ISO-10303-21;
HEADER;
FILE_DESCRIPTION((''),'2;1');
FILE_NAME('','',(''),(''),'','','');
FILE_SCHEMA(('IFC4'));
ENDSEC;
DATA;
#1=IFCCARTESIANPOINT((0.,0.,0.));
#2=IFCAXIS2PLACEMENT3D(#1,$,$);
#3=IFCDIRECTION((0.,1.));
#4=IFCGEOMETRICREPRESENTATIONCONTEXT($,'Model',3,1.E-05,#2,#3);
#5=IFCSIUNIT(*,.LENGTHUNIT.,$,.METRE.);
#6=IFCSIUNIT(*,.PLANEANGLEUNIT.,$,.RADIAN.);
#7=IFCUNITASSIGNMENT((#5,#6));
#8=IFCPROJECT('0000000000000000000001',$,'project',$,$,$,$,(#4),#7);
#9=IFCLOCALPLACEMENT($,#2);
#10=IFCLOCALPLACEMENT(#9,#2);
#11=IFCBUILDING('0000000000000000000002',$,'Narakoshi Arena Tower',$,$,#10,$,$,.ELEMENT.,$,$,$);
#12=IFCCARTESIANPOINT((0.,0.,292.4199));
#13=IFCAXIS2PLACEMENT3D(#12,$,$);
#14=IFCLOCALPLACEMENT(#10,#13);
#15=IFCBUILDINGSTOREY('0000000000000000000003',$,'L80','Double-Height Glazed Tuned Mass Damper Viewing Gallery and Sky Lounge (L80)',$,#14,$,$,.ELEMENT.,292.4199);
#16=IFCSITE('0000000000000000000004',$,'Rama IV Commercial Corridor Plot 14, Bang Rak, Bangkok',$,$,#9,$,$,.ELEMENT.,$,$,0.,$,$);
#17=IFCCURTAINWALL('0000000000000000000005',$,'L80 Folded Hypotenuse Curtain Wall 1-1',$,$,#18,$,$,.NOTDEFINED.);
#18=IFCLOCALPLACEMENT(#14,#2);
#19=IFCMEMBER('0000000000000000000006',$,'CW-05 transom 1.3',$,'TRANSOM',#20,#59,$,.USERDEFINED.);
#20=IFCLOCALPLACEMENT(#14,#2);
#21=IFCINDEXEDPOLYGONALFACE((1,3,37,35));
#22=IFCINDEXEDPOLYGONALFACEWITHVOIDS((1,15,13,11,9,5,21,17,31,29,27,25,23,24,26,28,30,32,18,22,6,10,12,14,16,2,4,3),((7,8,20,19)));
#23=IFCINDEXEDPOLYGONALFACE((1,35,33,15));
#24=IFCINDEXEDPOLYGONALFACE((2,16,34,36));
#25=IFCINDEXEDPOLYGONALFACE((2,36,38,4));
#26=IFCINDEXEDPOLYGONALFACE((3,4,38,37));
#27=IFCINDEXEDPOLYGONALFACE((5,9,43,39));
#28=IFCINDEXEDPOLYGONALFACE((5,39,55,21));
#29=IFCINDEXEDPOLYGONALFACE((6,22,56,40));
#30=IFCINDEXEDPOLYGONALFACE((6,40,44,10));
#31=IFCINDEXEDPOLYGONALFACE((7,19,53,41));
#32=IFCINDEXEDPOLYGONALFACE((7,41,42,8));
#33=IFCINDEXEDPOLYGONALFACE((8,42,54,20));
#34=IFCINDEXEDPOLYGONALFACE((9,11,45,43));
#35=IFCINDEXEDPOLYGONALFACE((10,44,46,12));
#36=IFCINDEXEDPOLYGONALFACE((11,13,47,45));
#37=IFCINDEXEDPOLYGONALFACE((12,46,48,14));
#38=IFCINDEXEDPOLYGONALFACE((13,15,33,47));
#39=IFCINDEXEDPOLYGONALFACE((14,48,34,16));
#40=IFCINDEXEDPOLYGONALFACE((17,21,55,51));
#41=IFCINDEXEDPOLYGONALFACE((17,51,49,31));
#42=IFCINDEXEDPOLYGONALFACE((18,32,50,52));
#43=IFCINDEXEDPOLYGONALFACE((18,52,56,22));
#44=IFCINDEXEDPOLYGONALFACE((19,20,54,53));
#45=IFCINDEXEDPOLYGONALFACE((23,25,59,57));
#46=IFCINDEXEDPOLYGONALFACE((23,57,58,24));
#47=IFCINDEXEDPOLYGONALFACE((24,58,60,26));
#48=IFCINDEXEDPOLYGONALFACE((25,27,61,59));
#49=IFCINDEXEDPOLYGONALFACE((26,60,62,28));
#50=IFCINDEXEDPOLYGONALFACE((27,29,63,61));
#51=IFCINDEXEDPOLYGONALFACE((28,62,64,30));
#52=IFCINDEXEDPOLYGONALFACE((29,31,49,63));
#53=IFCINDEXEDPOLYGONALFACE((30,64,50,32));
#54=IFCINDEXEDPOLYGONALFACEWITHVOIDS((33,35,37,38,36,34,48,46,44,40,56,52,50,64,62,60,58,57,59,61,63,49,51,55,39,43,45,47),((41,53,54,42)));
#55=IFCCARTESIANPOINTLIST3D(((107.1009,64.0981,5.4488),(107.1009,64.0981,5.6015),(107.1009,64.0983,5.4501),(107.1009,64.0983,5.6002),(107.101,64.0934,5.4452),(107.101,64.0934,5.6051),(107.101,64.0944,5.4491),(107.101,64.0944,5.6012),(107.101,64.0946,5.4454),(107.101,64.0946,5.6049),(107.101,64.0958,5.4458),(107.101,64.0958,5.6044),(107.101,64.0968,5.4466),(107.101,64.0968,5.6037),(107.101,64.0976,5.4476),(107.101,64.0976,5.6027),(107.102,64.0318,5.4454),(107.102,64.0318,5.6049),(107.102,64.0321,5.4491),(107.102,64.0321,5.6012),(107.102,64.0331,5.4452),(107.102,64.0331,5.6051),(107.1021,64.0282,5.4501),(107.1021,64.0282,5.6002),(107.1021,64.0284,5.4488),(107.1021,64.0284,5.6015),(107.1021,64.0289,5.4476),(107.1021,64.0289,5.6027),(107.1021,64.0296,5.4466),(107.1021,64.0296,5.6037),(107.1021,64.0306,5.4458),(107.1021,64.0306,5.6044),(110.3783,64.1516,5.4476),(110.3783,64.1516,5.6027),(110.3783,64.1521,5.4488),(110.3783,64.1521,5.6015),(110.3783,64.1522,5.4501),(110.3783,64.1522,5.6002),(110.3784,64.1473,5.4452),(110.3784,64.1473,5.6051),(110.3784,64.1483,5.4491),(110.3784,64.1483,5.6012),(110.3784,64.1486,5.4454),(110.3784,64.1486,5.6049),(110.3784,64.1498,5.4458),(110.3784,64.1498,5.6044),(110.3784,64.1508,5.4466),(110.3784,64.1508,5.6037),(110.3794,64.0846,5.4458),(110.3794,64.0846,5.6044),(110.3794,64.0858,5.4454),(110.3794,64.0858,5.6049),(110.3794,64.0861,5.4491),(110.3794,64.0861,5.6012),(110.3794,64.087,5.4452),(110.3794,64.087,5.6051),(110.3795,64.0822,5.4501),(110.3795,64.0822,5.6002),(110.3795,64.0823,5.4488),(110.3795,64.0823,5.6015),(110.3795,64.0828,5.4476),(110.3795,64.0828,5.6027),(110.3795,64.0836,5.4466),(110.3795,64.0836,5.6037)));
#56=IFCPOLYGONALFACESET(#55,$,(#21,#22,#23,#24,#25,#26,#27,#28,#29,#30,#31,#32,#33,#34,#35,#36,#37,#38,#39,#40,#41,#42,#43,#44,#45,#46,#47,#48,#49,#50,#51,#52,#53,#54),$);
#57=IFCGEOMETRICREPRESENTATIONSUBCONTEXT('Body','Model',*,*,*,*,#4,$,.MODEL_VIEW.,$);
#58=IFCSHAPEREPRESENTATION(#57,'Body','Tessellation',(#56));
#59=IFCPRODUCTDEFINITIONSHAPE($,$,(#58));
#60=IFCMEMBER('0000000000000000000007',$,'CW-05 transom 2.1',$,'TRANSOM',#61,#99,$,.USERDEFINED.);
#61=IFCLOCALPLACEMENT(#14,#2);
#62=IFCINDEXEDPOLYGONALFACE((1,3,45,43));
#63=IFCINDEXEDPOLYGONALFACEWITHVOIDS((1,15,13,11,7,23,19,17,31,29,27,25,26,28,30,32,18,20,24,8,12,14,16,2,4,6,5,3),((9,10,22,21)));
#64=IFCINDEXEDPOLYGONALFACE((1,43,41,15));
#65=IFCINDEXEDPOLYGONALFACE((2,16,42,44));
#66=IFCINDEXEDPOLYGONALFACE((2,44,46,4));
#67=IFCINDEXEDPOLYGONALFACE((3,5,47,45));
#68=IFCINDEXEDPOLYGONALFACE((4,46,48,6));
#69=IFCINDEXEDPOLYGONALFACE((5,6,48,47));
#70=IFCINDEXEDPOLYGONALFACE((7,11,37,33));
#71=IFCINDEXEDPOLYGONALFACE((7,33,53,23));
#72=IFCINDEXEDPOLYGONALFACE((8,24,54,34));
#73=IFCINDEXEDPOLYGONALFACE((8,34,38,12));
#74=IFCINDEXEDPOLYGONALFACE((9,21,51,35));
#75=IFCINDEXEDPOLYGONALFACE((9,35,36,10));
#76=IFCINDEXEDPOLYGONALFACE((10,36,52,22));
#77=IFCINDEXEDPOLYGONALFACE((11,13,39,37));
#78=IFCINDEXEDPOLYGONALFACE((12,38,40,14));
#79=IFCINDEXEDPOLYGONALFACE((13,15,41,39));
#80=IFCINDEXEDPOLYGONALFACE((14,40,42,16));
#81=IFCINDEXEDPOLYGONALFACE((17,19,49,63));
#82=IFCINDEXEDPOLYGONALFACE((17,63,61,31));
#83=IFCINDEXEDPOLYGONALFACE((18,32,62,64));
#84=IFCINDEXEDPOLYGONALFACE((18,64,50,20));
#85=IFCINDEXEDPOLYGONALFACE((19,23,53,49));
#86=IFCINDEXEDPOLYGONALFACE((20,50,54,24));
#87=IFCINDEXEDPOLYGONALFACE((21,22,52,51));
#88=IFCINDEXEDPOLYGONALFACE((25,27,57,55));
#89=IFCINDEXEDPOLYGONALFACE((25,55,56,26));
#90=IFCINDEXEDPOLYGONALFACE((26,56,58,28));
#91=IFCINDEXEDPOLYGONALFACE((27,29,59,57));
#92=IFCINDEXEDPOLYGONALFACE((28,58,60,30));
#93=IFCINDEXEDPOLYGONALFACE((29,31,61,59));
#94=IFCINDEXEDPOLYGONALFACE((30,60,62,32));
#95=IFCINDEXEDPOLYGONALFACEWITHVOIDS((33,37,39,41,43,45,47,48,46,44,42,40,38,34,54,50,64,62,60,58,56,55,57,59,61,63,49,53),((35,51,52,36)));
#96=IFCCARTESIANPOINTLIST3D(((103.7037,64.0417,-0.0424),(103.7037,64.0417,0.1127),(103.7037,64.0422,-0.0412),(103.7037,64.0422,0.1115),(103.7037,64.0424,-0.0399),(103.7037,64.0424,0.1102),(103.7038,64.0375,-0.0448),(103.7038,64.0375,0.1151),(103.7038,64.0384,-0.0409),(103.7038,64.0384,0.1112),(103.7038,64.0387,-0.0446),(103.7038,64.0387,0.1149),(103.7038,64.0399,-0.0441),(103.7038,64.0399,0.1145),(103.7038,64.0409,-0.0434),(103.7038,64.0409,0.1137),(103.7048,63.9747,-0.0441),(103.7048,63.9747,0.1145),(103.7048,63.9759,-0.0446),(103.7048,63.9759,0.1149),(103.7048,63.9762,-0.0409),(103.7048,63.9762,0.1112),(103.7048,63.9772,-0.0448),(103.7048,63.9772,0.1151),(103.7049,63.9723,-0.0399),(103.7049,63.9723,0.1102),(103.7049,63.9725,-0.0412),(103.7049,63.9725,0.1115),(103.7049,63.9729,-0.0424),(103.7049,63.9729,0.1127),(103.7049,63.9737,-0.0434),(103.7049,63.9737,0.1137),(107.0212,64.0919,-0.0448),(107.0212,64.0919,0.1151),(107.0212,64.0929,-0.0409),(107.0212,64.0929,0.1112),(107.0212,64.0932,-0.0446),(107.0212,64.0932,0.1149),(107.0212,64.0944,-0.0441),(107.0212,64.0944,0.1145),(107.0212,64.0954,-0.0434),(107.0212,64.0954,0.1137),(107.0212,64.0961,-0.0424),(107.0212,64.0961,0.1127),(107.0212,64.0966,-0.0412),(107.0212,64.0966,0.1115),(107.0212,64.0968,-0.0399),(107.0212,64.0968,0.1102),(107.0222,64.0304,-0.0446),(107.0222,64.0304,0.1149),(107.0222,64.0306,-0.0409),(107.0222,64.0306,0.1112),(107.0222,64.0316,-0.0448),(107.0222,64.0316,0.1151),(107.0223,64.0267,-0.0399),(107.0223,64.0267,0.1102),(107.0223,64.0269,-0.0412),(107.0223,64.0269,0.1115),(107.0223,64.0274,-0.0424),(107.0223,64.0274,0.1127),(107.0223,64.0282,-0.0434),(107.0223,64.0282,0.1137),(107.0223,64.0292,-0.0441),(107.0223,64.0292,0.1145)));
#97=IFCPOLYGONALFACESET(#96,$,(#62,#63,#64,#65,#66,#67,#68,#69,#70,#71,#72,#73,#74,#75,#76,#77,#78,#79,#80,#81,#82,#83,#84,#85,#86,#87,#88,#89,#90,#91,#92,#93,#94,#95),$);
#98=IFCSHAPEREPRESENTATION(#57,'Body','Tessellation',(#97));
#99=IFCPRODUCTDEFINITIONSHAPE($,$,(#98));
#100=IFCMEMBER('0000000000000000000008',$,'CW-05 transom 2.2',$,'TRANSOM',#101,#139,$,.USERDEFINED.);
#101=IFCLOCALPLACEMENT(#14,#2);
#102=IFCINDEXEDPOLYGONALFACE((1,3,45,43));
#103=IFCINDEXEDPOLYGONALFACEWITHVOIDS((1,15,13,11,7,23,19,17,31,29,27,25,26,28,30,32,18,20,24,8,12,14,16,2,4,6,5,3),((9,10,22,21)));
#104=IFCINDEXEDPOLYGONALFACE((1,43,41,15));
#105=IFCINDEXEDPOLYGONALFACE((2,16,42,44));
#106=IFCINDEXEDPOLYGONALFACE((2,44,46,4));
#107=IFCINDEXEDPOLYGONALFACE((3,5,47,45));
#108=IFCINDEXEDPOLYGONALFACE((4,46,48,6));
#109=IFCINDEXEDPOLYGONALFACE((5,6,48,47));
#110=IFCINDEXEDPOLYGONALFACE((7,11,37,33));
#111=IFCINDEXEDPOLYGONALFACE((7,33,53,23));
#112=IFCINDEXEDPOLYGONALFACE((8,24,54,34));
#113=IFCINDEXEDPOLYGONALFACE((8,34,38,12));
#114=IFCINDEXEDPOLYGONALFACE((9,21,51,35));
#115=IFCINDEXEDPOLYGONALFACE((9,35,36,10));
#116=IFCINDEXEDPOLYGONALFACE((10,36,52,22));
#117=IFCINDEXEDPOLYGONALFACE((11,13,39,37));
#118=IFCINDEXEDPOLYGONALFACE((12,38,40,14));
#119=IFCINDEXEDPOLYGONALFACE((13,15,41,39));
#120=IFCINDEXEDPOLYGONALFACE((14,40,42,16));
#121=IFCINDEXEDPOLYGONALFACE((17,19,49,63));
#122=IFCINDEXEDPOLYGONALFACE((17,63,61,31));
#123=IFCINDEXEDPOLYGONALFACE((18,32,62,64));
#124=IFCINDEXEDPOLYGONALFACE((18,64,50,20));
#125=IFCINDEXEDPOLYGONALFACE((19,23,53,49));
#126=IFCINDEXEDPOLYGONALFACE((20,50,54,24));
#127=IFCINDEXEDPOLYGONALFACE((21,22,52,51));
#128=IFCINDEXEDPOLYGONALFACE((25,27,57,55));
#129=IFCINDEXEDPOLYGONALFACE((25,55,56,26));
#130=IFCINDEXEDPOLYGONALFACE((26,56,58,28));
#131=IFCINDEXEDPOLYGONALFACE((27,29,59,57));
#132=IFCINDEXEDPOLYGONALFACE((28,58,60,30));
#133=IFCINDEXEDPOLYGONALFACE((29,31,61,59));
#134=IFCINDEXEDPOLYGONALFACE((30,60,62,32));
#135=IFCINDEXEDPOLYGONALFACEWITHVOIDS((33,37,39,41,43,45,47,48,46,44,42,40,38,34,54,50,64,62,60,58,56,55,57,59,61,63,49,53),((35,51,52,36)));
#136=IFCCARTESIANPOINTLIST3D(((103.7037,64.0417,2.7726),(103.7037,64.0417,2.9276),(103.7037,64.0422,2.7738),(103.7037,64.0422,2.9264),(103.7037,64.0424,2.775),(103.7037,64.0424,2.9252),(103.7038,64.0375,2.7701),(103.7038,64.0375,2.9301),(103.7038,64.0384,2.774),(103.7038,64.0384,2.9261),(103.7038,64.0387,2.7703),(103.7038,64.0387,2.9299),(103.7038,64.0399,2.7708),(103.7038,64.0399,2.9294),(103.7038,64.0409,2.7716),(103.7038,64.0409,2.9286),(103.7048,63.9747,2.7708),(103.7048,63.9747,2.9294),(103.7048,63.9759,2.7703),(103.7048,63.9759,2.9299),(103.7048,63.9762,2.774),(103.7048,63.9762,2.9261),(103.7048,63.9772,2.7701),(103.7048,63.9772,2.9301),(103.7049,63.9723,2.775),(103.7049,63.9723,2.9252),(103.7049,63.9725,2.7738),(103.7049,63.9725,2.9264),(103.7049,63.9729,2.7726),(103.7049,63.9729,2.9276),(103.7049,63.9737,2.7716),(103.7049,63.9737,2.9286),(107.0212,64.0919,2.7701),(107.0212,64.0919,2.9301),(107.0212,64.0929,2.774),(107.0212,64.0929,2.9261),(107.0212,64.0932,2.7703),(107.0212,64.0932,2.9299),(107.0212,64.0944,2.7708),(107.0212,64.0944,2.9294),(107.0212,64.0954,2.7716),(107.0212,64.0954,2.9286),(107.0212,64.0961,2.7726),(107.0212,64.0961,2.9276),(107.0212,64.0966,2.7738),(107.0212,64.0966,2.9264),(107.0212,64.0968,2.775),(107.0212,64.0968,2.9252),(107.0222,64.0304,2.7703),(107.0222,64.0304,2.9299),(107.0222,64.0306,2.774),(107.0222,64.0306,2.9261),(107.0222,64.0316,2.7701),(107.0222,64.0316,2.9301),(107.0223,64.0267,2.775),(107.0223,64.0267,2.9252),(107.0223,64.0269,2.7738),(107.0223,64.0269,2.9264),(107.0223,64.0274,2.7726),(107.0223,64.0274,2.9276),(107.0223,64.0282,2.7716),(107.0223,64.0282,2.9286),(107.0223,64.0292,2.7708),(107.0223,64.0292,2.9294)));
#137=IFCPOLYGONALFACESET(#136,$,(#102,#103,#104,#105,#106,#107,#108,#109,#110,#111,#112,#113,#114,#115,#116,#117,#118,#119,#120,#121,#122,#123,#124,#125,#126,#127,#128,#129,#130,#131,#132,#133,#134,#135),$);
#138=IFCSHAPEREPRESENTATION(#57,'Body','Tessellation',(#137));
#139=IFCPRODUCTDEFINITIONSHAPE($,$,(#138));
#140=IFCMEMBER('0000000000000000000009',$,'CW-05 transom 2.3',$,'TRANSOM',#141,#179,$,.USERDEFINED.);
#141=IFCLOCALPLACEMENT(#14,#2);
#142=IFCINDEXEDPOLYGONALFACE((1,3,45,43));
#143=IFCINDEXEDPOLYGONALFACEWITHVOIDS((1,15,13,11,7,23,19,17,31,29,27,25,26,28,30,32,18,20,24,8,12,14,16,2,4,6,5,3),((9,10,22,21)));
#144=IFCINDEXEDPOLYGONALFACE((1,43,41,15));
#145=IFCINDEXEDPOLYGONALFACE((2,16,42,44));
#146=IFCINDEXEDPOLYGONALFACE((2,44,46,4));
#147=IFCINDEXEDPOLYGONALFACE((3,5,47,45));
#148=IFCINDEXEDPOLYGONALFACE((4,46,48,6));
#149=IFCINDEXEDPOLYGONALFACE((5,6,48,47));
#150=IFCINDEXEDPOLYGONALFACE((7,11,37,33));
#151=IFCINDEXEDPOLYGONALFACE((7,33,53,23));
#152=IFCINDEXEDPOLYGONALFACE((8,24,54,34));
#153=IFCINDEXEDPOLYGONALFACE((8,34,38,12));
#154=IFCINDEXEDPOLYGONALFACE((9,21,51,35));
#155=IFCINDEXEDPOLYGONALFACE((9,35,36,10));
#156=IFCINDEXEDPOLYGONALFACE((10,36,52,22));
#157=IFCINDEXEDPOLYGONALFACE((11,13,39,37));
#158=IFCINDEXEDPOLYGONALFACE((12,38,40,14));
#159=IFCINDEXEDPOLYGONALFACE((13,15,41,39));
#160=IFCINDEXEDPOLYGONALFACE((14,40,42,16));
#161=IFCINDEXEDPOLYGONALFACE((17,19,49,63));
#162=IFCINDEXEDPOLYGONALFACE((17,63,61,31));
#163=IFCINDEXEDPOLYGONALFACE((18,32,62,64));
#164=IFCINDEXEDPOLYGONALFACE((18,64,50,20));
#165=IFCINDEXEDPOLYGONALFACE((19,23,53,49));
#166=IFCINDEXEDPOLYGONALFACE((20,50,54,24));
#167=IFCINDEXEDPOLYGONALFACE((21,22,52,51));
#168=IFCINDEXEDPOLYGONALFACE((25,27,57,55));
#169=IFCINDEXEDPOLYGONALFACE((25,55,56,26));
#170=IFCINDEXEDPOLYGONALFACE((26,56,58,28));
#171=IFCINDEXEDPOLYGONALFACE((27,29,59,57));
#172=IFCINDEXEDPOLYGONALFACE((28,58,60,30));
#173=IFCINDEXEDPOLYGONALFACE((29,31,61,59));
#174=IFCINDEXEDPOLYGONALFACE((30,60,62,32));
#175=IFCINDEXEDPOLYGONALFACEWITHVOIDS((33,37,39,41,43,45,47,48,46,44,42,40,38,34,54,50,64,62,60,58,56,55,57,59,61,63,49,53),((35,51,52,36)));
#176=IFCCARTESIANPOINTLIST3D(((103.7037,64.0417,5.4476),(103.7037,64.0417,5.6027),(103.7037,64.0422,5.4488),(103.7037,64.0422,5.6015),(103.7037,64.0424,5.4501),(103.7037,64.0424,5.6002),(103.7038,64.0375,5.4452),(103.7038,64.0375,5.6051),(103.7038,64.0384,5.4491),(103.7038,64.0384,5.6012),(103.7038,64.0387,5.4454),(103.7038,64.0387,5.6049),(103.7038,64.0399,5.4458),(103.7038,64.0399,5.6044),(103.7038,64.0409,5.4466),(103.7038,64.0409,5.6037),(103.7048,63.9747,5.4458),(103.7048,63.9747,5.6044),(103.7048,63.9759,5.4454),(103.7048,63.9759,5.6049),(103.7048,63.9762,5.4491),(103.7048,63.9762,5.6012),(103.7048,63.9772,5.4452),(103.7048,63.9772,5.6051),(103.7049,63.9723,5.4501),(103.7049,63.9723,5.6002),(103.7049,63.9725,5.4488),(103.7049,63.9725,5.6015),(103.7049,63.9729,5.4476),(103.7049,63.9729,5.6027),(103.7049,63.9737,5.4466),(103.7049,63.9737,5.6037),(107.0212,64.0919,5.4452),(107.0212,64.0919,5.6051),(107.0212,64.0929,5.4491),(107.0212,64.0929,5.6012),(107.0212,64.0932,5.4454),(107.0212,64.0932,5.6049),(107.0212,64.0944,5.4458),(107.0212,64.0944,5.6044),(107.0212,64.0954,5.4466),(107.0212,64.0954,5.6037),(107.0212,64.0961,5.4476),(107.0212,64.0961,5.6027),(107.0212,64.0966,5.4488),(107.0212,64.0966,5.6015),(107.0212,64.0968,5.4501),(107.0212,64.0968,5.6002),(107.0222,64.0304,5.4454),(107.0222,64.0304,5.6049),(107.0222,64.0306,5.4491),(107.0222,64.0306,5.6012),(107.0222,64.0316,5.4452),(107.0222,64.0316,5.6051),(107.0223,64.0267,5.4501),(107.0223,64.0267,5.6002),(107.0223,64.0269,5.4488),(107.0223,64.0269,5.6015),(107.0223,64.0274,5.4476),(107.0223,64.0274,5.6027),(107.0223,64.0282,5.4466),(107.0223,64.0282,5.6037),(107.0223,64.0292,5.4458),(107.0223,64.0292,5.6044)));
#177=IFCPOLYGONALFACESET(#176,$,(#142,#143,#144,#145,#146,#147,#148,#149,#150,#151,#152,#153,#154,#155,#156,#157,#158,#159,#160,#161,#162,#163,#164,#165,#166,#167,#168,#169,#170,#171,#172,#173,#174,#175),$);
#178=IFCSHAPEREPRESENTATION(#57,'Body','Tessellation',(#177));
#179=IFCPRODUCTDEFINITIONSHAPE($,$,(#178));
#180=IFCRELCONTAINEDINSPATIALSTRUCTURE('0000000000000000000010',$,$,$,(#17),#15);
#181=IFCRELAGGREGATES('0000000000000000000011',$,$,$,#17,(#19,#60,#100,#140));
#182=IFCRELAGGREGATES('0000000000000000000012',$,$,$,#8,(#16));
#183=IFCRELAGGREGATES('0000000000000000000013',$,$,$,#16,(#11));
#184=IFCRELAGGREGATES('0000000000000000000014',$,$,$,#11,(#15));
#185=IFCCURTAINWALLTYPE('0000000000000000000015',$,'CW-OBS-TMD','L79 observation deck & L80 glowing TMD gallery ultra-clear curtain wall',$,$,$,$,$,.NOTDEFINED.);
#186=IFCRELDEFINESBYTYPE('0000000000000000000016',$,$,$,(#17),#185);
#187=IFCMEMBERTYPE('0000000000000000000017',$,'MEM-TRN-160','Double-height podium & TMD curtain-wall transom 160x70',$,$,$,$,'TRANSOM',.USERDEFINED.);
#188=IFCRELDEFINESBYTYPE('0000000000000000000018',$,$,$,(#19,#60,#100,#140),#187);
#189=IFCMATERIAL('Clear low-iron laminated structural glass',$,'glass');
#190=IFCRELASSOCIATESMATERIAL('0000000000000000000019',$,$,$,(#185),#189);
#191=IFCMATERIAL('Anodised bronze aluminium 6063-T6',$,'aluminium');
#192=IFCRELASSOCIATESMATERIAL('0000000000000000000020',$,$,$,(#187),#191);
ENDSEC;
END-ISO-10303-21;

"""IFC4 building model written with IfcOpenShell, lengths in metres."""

from ifc_helpers import new_model, si_unit, direction, frame, origin, origin_2d, place, context, subcontext, project, spatial, hollow_rectangle, extrude, material, material_profile, profile_set, type_object, element, aggregate, save


model = new_model("IFC4")

# Units and contexts
model_context = context("Model", 3, precision=1e-05, world=origin(), true_north=direction((0.0, 1.0)))
body_context = subcontext(model_context, "Body", "Model", "MODEL_VIEW")
ifc_project = project(units=[si_unit("LENGTHUNIT", "METRE"), si_unit("PLANEANGLEUNIT", "RADIAN")], contexts=[model_context])

# Site, building, storey
site_placement = place(None, origin())
site = spatial("IfcSite", under=ifc_project, at=site_placement, Name="Rama IV Commercial Corridor Plot 14, Bang Rak, Bangkok", CompositionType="ELEMENT", RefElevation=0.0)
building_placement = place(site_placement, origin())
building = spatial("IfcBuilding", under=site, at=building_placement, Name="Narakoshi Arena Tower", CompositionType="ELEMENT")
storey_placement = place(building_placement, frame((0.0, 0.0, 292.4199)))
storey = spatial("IfcBuildingStorey", under=building, at=storey_placement, Name="L80", Description="Double-Height Glazed Tuned Mass Damper Viewing Gallery and Sky Lounge (L80)", CompositionType="ELEMENT", Elevation=292.4199)

# Curtain wall
ifc_material_1 = material(Name="Clear low-iron laminated structural glass", Category="glass")
curtain_wall_type = type_object("IfcCurtainWallType", Name="CW-OBS-TMD", Description="L79 observation deck & L80 glowing TMD gallery ultra-clear curtain wall", PredefinedType="NOTDEFINED", material=ifc_material_1)
curtain_wall_placement = place(storey_placement, origin())
curtain_wall = element("IfcCurtainWall", 1, at=curtain_wall_placement, inside=storey, type_object=curtain_wall_type, Name="L80 Folded Hypotenuse Curtain Wall 1-1", PredefinedType="NOTDEFINED")
ifc_material_2 = material(Name="Anodised bronze aluminium 6063-T6", Category="aluminium")

# Members
ifc_material_profile_1 = material_profile(ifc_material_2, hollow_rectangle(XDim=0.0701, YDim=0.1599, WallThickness=0.0039, OuterFilletRadius=0.0049, at=origin_2d()), Name="TRN160x70x4")
ifc_profile_set_1 = profile_set([ifc_material_profile_1], Name="Anodised bronze aluminium 6063-T6")
member_type_1 = type_object("IfcMemberType", Name="MEM-TRN-160", Description="Double-height podium & TMD curtain-wall transom 160x70", ElementType="TRANSOM", PredefinedType="USERDEFINED", material=ifc_profile_set_1)
member_1_placement = place(storey_placement, frame((110.3789, 64.1172, 5.5251), z_axis=(-0.999865, -0.016461, 0.0), x_axis=(0.016461, -0.999865, 0.0)))
member_1 = element("IfcMember", 2, at=member_1_placement, type_object=member_type_1, Name="CW-05 transom 1.3", ObjectType="TRANSOM", PredefinedType="USERDEFINED", context=body_context, shape_type="SweptSolid", body=[
    extrude(hollow_rectangle(XDim=0.0701, YDim=0.1599, WallThickness=0.0039, OuterFilletRadius=0.0049, at=origin_2d()), origin(), (0.0, 0.0, 1.0), 3.2778),
])
member_2_placement = place(storey_placement, frame((107.0217, 64.0618, 0.0352), z_axis=(-0.999865, -0.016409, 0.0), x_axis=(0.016409, -0.999865, 0.0)))
member_2 = element("IfcMember", 3, at=member_2_placement, type_object=member_type_1, Name="CW-05 transom 2.1", ObjectType="TRANSOM", PredefinedType="USERDEFINED", context=body_context, shape_type="SweptSolid", body=[
    extrude(hollow_rectangle(XDim=0.0701, YDim=0.1599, WallThickness=0.0039, OuterFilletRadius=0.0049, at=origin_2d()), origin(), (0.0, 0.0, 1.0), 3.3179),
])
member_3_placement = place(storey_placement, frame((107.0217, 64.0618, 2.8501), z_axis=(-0.999865, -0.016409, 0.0), x_axis=(0.016409, -0.999865, 0.0)))
member_3 = element("IfcMember", 4, at=member_3_placement, type_object=member_type_1, Name="CW-05 transom 2.2", ObjectType="TRANSOM", PredefinedType="USERDEFINED", context=body_context, shape_type="SweptSolid", body=[
    extrude(hollow_rectangle(XDim=0.0701, YDim=0.1599, WallThickness=0.0039, OuterFilletRadius=0.0049, at=origin_2d()), origin(), (0.0, 0.0, 1.0), 3.3179),
])
member_4_placement = place(storey_placement, frame((107.0217, 64.0618, 5.5251), z_axis=(-0.999865, -0.016409, 0.0), x_axis=(0.016409, -0.999865, 0.0)))
member_4 = element("IfcMember", 5, at=member_4_placement, type_object=member_type_1, Name="CW-05 transom 2.3", ObjectType="TRANSOM", PredefinedType="USERDEFINED", context=body_context, shape_type="SweptSolid", body=[
    extrude(hollow_rectangle(XDim=0.0701, YDim=0.1599, WallThickness=0.0039, OuterFilletRadius=0.0049, at=origin_2d()), origin(), (0.0, 0.0, 1.0), 3.3179),
])

aggregate(curtain_wall, [member_1, member_2, member_3, member_4])

save(model, "model.ifc")
